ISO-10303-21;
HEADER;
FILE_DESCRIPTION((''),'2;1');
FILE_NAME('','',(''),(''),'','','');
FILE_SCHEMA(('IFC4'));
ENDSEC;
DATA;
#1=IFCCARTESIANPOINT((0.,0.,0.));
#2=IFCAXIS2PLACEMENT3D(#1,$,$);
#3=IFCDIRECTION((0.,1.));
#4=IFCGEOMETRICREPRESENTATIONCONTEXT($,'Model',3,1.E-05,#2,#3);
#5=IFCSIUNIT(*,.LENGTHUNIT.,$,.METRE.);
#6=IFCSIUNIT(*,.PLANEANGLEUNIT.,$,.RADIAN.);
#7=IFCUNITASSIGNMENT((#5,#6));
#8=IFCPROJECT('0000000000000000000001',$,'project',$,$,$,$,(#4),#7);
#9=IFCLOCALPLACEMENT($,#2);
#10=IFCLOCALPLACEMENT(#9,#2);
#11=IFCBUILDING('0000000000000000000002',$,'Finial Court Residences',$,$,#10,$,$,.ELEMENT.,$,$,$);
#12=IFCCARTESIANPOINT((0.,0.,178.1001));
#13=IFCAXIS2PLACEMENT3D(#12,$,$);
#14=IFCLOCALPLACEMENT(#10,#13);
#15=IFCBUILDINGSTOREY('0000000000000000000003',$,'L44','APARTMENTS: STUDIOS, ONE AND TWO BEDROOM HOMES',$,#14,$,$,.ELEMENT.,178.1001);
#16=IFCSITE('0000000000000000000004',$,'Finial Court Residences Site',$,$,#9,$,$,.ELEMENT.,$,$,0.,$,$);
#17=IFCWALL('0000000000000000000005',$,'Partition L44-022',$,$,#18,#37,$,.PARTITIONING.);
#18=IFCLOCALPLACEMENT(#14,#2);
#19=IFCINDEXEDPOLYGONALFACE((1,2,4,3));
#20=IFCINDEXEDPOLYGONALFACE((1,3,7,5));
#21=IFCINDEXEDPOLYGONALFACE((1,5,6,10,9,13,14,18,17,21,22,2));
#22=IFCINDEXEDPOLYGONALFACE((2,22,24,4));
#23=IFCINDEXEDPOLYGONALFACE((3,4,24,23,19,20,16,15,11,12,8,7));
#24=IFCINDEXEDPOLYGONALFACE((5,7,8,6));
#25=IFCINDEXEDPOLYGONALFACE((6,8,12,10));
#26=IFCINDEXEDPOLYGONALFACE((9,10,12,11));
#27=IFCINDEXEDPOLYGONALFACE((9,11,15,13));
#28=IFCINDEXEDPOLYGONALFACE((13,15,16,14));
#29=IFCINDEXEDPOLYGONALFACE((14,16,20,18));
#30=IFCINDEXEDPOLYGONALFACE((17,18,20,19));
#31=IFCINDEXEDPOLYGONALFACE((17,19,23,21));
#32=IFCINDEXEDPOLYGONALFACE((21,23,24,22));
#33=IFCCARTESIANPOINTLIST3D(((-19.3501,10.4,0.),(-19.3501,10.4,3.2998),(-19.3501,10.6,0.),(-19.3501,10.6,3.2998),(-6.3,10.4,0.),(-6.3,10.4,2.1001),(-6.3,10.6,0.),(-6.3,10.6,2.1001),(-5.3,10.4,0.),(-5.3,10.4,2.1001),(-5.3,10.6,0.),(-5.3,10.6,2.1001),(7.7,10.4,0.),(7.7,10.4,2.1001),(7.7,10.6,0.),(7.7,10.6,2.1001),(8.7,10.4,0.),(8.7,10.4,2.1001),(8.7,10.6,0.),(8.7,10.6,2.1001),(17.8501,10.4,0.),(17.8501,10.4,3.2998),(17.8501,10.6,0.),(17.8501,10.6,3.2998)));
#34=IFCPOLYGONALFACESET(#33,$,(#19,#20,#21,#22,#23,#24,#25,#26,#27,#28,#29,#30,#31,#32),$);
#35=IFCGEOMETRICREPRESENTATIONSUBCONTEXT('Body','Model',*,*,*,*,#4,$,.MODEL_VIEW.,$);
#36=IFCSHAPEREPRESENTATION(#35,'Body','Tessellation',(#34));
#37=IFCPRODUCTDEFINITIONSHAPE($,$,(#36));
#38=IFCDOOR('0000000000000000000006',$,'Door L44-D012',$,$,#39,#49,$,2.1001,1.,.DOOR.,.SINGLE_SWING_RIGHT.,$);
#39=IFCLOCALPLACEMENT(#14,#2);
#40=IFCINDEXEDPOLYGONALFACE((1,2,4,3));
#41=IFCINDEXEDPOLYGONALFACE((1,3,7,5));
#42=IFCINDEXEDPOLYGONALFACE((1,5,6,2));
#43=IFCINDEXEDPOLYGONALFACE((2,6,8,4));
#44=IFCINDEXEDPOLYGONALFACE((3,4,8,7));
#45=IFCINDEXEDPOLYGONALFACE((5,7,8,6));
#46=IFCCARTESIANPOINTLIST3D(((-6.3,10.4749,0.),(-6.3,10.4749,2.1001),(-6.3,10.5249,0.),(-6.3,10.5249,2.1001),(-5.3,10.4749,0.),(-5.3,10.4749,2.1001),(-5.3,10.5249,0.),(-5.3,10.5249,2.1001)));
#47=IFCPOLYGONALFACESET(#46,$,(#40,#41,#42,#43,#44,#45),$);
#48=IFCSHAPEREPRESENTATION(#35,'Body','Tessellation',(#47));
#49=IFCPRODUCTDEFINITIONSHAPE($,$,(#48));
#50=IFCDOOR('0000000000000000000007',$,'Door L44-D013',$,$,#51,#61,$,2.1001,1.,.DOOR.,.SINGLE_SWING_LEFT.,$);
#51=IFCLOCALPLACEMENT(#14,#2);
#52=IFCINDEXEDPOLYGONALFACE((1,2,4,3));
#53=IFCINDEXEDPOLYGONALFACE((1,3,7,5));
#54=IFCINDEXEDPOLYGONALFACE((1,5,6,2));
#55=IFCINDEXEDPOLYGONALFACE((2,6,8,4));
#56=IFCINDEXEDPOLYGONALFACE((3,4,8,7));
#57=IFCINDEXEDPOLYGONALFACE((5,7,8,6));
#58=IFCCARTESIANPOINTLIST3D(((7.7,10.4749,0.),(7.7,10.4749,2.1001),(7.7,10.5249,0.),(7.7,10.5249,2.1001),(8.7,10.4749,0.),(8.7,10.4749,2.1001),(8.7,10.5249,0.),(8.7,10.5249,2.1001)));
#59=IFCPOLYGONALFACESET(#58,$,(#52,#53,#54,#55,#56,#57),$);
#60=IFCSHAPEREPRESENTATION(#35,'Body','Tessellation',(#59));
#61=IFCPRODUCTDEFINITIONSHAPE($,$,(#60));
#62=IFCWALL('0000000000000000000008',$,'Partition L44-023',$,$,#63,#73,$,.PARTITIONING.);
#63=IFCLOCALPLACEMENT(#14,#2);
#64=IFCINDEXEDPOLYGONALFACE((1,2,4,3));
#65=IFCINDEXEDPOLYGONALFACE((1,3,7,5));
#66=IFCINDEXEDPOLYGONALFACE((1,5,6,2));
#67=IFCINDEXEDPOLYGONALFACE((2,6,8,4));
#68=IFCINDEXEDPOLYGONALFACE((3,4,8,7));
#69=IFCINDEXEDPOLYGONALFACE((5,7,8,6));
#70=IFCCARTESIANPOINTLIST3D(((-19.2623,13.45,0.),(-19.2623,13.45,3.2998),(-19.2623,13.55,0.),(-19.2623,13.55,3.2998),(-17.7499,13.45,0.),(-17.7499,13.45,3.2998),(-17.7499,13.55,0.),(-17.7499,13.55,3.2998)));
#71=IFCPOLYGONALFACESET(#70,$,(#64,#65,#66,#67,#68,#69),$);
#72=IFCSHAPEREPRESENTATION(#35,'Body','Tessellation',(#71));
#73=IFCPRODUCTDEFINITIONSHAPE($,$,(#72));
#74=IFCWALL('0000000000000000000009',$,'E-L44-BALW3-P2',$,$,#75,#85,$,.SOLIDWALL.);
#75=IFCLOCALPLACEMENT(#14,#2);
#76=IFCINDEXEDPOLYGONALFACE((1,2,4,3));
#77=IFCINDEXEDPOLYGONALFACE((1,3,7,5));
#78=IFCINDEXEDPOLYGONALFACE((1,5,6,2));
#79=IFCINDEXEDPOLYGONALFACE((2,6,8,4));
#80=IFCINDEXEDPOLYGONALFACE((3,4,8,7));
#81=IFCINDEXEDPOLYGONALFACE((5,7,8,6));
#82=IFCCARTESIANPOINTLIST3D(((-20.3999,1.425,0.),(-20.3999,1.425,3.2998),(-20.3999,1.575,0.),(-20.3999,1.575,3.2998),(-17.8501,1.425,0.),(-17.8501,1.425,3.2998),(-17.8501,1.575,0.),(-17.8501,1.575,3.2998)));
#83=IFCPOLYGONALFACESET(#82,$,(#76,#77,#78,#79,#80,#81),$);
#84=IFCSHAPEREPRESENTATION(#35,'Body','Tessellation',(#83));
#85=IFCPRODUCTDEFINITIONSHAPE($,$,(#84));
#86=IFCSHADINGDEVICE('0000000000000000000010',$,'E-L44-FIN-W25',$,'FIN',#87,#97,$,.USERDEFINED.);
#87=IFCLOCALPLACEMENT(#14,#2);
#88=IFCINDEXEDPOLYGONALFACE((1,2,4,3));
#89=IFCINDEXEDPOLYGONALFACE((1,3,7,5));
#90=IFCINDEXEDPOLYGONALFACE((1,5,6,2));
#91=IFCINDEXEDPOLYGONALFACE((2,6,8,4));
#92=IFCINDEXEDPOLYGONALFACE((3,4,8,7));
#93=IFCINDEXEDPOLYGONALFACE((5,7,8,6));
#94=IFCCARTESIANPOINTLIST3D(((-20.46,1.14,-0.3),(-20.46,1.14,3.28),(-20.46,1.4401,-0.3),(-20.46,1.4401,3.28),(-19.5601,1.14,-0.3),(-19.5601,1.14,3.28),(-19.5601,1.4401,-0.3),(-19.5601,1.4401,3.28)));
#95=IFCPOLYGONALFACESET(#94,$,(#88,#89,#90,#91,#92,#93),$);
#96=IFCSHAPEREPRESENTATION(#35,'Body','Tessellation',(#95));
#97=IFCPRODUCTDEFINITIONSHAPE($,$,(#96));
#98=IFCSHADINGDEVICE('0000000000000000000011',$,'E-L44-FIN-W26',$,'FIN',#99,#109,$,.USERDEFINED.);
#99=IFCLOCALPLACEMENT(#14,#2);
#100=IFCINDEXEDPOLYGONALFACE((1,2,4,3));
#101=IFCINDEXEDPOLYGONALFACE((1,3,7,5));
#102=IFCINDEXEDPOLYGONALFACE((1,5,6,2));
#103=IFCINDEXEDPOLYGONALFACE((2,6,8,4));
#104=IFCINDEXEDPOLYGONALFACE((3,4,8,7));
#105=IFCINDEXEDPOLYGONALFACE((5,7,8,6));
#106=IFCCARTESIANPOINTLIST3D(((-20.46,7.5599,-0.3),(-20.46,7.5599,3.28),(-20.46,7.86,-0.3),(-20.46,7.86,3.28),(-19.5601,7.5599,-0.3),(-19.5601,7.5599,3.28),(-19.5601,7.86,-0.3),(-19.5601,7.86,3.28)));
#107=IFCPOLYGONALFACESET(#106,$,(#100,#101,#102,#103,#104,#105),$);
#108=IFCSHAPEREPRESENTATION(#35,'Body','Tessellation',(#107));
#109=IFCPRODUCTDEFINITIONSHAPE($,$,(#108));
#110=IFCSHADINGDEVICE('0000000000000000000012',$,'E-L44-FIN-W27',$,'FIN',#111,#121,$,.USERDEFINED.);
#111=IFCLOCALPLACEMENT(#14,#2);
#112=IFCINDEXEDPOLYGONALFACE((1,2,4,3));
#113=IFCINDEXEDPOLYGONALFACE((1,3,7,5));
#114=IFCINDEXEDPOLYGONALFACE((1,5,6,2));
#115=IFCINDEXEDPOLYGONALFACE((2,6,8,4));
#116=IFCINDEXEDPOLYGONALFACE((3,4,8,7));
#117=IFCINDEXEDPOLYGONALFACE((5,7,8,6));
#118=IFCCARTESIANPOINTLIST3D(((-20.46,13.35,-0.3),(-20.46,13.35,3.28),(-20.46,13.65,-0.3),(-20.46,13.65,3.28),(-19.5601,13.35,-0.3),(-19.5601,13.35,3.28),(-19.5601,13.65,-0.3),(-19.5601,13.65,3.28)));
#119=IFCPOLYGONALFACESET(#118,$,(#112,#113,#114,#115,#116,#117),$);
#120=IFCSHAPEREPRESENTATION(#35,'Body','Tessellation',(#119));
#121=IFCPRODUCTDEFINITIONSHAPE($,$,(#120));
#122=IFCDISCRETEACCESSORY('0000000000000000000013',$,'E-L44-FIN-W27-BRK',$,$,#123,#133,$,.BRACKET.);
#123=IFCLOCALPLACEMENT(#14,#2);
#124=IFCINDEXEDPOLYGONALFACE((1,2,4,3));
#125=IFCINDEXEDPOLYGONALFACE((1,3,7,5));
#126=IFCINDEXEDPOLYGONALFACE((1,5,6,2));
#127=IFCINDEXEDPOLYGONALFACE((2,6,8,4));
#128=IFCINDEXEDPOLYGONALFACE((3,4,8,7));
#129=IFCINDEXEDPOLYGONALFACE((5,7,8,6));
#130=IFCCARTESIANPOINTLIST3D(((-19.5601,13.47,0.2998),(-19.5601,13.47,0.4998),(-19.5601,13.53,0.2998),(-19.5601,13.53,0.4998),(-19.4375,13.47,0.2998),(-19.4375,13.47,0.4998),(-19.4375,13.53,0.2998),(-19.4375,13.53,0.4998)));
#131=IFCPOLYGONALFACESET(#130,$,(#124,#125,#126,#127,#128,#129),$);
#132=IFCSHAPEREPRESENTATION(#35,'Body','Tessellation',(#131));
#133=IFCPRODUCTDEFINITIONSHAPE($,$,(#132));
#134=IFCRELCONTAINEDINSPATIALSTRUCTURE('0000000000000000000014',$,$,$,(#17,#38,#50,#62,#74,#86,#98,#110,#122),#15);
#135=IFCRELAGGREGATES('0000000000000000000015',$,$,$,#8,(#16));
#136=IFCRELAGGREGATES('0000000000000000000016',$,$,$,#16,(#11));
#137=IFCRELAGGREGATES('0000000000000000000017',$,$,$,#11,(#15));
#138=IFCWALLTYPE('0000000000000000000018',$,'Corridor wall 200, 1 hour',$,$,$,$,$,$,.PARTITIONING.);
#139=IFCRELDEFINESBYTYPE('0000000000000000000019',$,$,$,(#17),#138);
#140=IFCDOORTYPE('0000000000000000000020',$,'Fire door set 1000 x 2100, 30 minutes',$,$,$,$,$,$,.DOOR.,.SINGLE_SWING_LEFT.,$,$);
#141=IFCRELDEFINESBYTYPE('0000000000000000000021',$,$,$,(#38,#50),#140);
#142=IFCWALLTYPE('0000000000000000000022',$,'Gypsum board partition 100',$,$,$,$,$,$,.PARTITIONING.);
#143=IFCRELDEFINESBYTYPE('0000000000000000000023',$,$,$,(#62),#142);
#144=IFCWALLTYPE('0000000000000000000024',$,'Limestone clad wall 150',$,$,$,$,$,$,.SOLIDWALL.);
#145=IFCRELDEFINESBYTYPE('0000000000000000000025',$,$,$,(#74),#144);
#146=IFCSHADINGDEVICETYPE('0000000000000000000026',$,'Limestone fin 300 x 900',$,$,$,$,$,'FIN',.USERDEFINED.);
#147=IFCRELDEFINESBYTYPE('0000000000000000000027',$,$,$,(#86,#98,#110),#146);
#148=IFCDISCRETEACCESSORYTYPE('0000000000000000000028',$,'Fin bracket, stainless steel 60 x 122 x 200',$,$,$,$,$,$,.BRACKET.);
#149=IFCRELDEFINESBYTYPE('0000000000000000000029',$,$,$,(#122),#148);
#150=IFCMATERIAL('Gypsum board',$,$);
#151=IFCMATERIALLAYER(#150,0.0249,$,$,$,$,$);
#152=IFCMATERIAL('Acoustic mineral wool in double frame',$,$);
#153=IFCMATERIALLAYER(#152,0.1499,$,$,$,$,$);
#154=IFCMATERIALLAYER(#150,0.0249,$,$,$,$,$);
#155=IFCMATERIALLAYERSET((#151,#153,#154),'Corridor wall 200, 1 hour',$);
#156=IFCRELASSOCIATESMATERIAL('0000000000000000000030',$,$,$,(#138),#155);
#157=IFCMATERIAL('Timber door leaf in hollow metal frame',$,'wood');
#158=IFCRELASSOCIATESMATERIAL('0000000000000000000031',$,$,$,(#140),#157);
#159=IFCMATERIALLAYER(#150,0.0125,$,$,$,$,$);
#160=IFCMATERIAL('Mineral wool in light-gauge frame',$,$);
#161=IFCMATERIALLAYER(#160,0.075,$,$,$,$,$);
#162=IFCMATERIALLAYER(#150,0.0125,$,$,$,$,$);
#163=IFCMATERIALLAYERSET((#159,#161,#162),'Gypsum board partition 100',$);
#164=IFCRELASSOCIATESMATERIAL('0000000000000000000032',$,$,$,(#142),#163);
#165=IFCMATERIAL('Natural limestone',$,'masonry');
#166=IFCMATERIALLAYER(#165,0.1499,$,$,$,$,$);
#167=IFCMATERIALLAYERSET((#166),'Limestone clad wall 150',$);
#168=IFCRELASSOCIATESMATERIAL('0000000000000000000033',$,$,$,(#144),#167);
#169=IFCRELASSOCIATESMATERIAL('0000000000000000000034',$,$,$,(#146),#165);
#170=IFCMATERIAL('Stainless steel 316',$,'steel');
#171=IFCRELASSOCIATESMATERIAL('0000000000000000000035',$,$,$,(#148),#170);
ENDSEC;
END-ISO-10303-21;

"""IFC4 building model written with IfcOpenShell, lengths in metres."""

from ifc_helpers import new_model, si_unit, direction, frame, frame_2d, origin, origin_2d, place, context, subcontext, project, spatial, rectangle, extrude, material, layer, layer_set, type_object, element, fill, save


model = new_model("IFC4")

# Units and contexts
model_context = context("Model", 3, precision=1e-05, world=origin(), true_north=direction((0.0, 1.0)))
body_context = subcontext(model_context, "Body", "Model", "MODEL_VIEW")
ifc_project = project(units=[si_unit("LENGTHUNIT", "METRE"), si_unit("PLANEANGLEUNIT", "RADIAN")], contexts=[model_context])

# Site, building, storey
site_placement = place(None, origin())
site = spatial("IfcSite", under=ifc_project, at=site_placement, Name="Finial Court Residences Site", CompositionType="ELEMENT", RefElevation=0.0)
building_placement = place(site_placement, origin())
building = spatial("IfcBuilding", under=site, at=building_placement, Name="Finial Court Residences", CompositionType="ELEMENT")
storey_placement = place(building_placement, frame((0.0, 0.0, 178.1001)))
storey = spatial("IfcBuildingStorey", under=building, at=storey_placement, Name="L44", Description="APARTMENTS: STUDIOS, ONE AND TWO BEDROOM HOMES", CompositionType="ELEMENT", Elevation=178.1001)

# Shared definitions
ifc_material_1 = material(Name="Gypsum board")
ifc_layer_1 = layer(ifc_material_1, 0.0249)
ifc_material_2 = material(Name="Acoustic mineral wool in double frame")
ifc_layer_2 = layer(ifc_material_2, 0.1499)
ifc_layer_3 = layer(ifc_material_1, 0.0249)
ifc_layer_set_1 = layer_set([ifc_layer_1, ifc_layer_2, ifc_layer_3], Name="Corridor wall 200, 1 hour")
wall_type_1 = type_object("IfcWallType", Name="Corridor wall 200, 1 hour", PredefinedType="PARTITIONING", material=ifc_layer_set_1)

# Wall, openings, doors
wall_1_placement = place(storey_placement, frame((-19.3501, 10.5, 0.0), z_axis=(0.0, 0.0, 1.0), x_axis=(1.0, 0.0, 0.0)))
wall_1 = element("IfcWall", 1, at=wall_1_placement, inside=storey, type_object=wall_type_1, Name="Partition L44-022", PredefinedType="PARTITIONING", context=body_context, shape_type="SweptSolid", body=[
    extrude(rectangle(XDim=37.2002, YDim=0.2, at=frame_2d((18.6001, 0.0))), origin(), (0.0, 0.0, 1.0), 3.2998),
])
opening_1_placement = place(wall_1_placement, frame((13.05, 0.0, 0.0)))
opening_1 = element("IfcOpeningElement", 2, at=opening_1_placement, cuts=wall_1, PredefinedType="OPENING", context=body_context, shape_type="SweptSolid", body=[
    extrude(rectangle(XDim=1.0, YDim=2.1001, at=frame_2d((0.5, 1.05))), frame((0.0, 0.1099, 0.0), z_axis=(0.0, -1.0, 0.0), x_axis=(1.0, 0.0, 0.0)), (0.0, 0.0, 1.0), 0.22),
])
opening_2_placement = place(wall_1_placement, frame((27.05, 0.0, 0.0)))
opening_2 = element("IfcOpeningElement", 3, at=opening_2_placement, cuts=wall_1, PredefinedType="OPENING", context=body_context, shape_type="SweptSolid", body=[
    extrude(rectangle(XDim=1.0, YDim=2.1001, at=frame_2d((0.5, 1.05))), frame((0.0, 0.1099, 0.0), z_axis=(0.0, -1.0, 0.0), x_axis=(1.0, 0.0, 0.0)), (0.0, 0.0, 1.0), 0.22),
])
ifc_material_3 = material(Name="Timber door leaf in hollow metal frame", Category="wood")
door_type = type_object("IfcDoorType", Name="Fire door set 1000 x 2100, 30 minutes", OperationType="SINGLE_SWING_LEFT", PredefinedType="DOOR", material=ifc_material_3)
door_1_placement = place(opening_1_placement, origin())
door_1 = element("IfcDoor", 4, at=door_1_placement, inside=storey, type_object=door_type, Name="Door L44-D012", OperationType="SINGLE_SWING_RIGHT", OverallHeight=2.1001, OverallWidth=1.0, PredefinedType="DOOR", context=body_context, shape_type="SweptSolid", body=[
    extrude(rectangle(XDim=1.0, YDim=2.1001, at=frame_2d((0.5, 1.05))), frame((0.0, 0.0249, 0.0), z_axis=(0.0, -1.0, 0.0), x_axis=(1.0, 0.0, 0.0)), (0.0, 0.0, 1.0), 0.05),
])
fill(opening_1, door_1)
door_2_placement = place(opening_2_placement, origin())
door_2 = element("IfcDoor", 5, at=door_2_placement, inside=storey, type_object=door_type, Name="Door L44-D013", OperationType="SINGLE_SWING_LEFT", OverallHeight=2.1001, OverallWidth=1.0, PredefinedType="DOOR", context=body_context, shape_type="SweptSolid", body=[
    extrude(rectangle(XDim=1.0, YDim=2.1001, at=frame_2d((0.5, 1.05))), frame((0.0, 0.0249, 0.0), z_axis=(0.0, -1.0, 0.0), x_axis=(1.0, 0.0, 0.0)), (0.0, 0.0, 1.0), 0.05),
])
fill(opening_2, door_2)

# Walls
ifc_layer_4 = layer(ifc_material_1, 0.0125)
ifc_material_4 = material(Name="Mineral wool in light-gauge frame")
ifc_layer_5 = layer(ifc_material_4, 0.075)
ifc_layer_6 = layer(ifc_material_1, 0.0125)
ifc_layer_set_2 = layer_set([ifc_layer_4, ifc_layer_5, ifc_layer_6], Name="Gypsum board partition 100")
wall_type_2 = type_object("IfcWallType", Name="Gypsum board partition 100", PredefinedType="PARTITIONING", material=ifc_layer_set_2)
wall_2_placement = place(storey_placement, frame((-19.2625, 13.5, 0.0), z_axis=(0.0, 0.0, 1.0), x_axis=(1.0, 0.0, 0.0)))
element("IfcWall", 6, at=wall_2_placement, inside=storey, type_object=wall_type_2, Name="Partition L44-023", PredefinedType="PARTITIONING", context=body_context, shape_type="SweptSolid", body=[
    extrude(rectangle(XDim=1.5125, YDim=0.1001, at=frame_2d((0.7563, 0.0))), origin(), (0.0, 0.0, 1.0), 3.2998),
])
ifc_material_5 = material(Name="Natural limestone", Category="masonry")
ifc_layer_7 = layer(ifc_material_5, 0.1499)
ifc_layer_set_3 = layer_set([ifc_layer_7], Name="Limestone clad wall 150")
wall_type_3 = type_object("IfcWallType", Name="Limestone clad wall 150", PredefinedType="SOLIDWALL", material=ifc_layer_set_3)
wall_3_placement = place(storey_placement, frame((-17.8501, 1.5, 0.0), z_axis=(0.0, 0.0, 1.0), x_axis=(-1.0, 0.0, 0.0)))
element("IfcWall", 7, at=wall_3_placement, inside=storey, type_object=wall_type_3, Name="E-L44-BALW3-P2", PredefinedType="SOLIDWALL", context=body_context, shape_type="SweptSolid", body=[
    extrude(rectangle(XDim=2.5498, YDim=0.1499, at=frame_2d((1.2749, 0.0))), origin(), (0.0, 0.0, 1.0), 3.2998),
])

# Shading devices
shading_device_type = type_object("IfcShadingDeviceType", Name="Limestone fin 300 x 900", ElementType="FIN", PredefinedType="USERDEFINED", material=ifc_material_5)
for number, where, z_axis, x_axis, name in (
    (8, (-20.01, 1.29, -0.3), (0.0, 0.0, 1.0), (1.0, 0.0, 0.0), "E-L44-FIN-W25"),
    (9, (-20.01, 7.71, -0.3), (0.0, 0.0, 1.0), (1.0, 0.0, 0.0), "E-L44-FIN-W26"),
    (10, (-20.01, 13.5, -0.3), (0.0, 0.0, 1.0), (1.0, 0.0, 0.0), "E-L44-FIN-W27"),
):
    element("IfcShadingDevice", number, at=place(storey_placement, frame(where, z_axis=z_axis, x_axis=x_axis)), inside=storey, type_object=shading_device_type, Name=name, ObjectType="FIN", PredefinedType="USERDEFINED", context=body_context, shape_type="SweptSolid", body=[
        extrude(rectangle(XDim=0.8999, YDim=0.3, at=origin_2d()), origin(), (0.0, 0.0, 1.0), 3.5801),
    ])

# Discrete accessory
ifc_material_6 = material(Name="Stainless steel 316", Category="steel")
discrete_accessory_type = type_object("IfcDiscreteAccessoryType", Name="Fin bracket, stainless steel 60 x 122 x 200", PredefinedType="BRACKET", material=ifc_material_6)
discrete_accessory_placement = place(storey_placement, frame((-19.4988, 13.5, 0.2998), z_axis=(0.0, 0.0, 1.0), x_axis=(1.0, 0.0, 0.0)))
element("IfcDiscreteAccessory", 11, at=discrete_accessory_placement, inside=storey, type_object=discrete_accessory_type, Name="E-L44-FIN-W27-BRK", PredefinedType="BRACKET", context=body_context, shape_type="SweptSolid", body=[
    extrude(rectangle(XDim=0.1226, YDim=0.0601, at=origin_2d()), origin(), (0.0, 0.0, 1.0), 0.2),
])

save(model, "model.ifc")
